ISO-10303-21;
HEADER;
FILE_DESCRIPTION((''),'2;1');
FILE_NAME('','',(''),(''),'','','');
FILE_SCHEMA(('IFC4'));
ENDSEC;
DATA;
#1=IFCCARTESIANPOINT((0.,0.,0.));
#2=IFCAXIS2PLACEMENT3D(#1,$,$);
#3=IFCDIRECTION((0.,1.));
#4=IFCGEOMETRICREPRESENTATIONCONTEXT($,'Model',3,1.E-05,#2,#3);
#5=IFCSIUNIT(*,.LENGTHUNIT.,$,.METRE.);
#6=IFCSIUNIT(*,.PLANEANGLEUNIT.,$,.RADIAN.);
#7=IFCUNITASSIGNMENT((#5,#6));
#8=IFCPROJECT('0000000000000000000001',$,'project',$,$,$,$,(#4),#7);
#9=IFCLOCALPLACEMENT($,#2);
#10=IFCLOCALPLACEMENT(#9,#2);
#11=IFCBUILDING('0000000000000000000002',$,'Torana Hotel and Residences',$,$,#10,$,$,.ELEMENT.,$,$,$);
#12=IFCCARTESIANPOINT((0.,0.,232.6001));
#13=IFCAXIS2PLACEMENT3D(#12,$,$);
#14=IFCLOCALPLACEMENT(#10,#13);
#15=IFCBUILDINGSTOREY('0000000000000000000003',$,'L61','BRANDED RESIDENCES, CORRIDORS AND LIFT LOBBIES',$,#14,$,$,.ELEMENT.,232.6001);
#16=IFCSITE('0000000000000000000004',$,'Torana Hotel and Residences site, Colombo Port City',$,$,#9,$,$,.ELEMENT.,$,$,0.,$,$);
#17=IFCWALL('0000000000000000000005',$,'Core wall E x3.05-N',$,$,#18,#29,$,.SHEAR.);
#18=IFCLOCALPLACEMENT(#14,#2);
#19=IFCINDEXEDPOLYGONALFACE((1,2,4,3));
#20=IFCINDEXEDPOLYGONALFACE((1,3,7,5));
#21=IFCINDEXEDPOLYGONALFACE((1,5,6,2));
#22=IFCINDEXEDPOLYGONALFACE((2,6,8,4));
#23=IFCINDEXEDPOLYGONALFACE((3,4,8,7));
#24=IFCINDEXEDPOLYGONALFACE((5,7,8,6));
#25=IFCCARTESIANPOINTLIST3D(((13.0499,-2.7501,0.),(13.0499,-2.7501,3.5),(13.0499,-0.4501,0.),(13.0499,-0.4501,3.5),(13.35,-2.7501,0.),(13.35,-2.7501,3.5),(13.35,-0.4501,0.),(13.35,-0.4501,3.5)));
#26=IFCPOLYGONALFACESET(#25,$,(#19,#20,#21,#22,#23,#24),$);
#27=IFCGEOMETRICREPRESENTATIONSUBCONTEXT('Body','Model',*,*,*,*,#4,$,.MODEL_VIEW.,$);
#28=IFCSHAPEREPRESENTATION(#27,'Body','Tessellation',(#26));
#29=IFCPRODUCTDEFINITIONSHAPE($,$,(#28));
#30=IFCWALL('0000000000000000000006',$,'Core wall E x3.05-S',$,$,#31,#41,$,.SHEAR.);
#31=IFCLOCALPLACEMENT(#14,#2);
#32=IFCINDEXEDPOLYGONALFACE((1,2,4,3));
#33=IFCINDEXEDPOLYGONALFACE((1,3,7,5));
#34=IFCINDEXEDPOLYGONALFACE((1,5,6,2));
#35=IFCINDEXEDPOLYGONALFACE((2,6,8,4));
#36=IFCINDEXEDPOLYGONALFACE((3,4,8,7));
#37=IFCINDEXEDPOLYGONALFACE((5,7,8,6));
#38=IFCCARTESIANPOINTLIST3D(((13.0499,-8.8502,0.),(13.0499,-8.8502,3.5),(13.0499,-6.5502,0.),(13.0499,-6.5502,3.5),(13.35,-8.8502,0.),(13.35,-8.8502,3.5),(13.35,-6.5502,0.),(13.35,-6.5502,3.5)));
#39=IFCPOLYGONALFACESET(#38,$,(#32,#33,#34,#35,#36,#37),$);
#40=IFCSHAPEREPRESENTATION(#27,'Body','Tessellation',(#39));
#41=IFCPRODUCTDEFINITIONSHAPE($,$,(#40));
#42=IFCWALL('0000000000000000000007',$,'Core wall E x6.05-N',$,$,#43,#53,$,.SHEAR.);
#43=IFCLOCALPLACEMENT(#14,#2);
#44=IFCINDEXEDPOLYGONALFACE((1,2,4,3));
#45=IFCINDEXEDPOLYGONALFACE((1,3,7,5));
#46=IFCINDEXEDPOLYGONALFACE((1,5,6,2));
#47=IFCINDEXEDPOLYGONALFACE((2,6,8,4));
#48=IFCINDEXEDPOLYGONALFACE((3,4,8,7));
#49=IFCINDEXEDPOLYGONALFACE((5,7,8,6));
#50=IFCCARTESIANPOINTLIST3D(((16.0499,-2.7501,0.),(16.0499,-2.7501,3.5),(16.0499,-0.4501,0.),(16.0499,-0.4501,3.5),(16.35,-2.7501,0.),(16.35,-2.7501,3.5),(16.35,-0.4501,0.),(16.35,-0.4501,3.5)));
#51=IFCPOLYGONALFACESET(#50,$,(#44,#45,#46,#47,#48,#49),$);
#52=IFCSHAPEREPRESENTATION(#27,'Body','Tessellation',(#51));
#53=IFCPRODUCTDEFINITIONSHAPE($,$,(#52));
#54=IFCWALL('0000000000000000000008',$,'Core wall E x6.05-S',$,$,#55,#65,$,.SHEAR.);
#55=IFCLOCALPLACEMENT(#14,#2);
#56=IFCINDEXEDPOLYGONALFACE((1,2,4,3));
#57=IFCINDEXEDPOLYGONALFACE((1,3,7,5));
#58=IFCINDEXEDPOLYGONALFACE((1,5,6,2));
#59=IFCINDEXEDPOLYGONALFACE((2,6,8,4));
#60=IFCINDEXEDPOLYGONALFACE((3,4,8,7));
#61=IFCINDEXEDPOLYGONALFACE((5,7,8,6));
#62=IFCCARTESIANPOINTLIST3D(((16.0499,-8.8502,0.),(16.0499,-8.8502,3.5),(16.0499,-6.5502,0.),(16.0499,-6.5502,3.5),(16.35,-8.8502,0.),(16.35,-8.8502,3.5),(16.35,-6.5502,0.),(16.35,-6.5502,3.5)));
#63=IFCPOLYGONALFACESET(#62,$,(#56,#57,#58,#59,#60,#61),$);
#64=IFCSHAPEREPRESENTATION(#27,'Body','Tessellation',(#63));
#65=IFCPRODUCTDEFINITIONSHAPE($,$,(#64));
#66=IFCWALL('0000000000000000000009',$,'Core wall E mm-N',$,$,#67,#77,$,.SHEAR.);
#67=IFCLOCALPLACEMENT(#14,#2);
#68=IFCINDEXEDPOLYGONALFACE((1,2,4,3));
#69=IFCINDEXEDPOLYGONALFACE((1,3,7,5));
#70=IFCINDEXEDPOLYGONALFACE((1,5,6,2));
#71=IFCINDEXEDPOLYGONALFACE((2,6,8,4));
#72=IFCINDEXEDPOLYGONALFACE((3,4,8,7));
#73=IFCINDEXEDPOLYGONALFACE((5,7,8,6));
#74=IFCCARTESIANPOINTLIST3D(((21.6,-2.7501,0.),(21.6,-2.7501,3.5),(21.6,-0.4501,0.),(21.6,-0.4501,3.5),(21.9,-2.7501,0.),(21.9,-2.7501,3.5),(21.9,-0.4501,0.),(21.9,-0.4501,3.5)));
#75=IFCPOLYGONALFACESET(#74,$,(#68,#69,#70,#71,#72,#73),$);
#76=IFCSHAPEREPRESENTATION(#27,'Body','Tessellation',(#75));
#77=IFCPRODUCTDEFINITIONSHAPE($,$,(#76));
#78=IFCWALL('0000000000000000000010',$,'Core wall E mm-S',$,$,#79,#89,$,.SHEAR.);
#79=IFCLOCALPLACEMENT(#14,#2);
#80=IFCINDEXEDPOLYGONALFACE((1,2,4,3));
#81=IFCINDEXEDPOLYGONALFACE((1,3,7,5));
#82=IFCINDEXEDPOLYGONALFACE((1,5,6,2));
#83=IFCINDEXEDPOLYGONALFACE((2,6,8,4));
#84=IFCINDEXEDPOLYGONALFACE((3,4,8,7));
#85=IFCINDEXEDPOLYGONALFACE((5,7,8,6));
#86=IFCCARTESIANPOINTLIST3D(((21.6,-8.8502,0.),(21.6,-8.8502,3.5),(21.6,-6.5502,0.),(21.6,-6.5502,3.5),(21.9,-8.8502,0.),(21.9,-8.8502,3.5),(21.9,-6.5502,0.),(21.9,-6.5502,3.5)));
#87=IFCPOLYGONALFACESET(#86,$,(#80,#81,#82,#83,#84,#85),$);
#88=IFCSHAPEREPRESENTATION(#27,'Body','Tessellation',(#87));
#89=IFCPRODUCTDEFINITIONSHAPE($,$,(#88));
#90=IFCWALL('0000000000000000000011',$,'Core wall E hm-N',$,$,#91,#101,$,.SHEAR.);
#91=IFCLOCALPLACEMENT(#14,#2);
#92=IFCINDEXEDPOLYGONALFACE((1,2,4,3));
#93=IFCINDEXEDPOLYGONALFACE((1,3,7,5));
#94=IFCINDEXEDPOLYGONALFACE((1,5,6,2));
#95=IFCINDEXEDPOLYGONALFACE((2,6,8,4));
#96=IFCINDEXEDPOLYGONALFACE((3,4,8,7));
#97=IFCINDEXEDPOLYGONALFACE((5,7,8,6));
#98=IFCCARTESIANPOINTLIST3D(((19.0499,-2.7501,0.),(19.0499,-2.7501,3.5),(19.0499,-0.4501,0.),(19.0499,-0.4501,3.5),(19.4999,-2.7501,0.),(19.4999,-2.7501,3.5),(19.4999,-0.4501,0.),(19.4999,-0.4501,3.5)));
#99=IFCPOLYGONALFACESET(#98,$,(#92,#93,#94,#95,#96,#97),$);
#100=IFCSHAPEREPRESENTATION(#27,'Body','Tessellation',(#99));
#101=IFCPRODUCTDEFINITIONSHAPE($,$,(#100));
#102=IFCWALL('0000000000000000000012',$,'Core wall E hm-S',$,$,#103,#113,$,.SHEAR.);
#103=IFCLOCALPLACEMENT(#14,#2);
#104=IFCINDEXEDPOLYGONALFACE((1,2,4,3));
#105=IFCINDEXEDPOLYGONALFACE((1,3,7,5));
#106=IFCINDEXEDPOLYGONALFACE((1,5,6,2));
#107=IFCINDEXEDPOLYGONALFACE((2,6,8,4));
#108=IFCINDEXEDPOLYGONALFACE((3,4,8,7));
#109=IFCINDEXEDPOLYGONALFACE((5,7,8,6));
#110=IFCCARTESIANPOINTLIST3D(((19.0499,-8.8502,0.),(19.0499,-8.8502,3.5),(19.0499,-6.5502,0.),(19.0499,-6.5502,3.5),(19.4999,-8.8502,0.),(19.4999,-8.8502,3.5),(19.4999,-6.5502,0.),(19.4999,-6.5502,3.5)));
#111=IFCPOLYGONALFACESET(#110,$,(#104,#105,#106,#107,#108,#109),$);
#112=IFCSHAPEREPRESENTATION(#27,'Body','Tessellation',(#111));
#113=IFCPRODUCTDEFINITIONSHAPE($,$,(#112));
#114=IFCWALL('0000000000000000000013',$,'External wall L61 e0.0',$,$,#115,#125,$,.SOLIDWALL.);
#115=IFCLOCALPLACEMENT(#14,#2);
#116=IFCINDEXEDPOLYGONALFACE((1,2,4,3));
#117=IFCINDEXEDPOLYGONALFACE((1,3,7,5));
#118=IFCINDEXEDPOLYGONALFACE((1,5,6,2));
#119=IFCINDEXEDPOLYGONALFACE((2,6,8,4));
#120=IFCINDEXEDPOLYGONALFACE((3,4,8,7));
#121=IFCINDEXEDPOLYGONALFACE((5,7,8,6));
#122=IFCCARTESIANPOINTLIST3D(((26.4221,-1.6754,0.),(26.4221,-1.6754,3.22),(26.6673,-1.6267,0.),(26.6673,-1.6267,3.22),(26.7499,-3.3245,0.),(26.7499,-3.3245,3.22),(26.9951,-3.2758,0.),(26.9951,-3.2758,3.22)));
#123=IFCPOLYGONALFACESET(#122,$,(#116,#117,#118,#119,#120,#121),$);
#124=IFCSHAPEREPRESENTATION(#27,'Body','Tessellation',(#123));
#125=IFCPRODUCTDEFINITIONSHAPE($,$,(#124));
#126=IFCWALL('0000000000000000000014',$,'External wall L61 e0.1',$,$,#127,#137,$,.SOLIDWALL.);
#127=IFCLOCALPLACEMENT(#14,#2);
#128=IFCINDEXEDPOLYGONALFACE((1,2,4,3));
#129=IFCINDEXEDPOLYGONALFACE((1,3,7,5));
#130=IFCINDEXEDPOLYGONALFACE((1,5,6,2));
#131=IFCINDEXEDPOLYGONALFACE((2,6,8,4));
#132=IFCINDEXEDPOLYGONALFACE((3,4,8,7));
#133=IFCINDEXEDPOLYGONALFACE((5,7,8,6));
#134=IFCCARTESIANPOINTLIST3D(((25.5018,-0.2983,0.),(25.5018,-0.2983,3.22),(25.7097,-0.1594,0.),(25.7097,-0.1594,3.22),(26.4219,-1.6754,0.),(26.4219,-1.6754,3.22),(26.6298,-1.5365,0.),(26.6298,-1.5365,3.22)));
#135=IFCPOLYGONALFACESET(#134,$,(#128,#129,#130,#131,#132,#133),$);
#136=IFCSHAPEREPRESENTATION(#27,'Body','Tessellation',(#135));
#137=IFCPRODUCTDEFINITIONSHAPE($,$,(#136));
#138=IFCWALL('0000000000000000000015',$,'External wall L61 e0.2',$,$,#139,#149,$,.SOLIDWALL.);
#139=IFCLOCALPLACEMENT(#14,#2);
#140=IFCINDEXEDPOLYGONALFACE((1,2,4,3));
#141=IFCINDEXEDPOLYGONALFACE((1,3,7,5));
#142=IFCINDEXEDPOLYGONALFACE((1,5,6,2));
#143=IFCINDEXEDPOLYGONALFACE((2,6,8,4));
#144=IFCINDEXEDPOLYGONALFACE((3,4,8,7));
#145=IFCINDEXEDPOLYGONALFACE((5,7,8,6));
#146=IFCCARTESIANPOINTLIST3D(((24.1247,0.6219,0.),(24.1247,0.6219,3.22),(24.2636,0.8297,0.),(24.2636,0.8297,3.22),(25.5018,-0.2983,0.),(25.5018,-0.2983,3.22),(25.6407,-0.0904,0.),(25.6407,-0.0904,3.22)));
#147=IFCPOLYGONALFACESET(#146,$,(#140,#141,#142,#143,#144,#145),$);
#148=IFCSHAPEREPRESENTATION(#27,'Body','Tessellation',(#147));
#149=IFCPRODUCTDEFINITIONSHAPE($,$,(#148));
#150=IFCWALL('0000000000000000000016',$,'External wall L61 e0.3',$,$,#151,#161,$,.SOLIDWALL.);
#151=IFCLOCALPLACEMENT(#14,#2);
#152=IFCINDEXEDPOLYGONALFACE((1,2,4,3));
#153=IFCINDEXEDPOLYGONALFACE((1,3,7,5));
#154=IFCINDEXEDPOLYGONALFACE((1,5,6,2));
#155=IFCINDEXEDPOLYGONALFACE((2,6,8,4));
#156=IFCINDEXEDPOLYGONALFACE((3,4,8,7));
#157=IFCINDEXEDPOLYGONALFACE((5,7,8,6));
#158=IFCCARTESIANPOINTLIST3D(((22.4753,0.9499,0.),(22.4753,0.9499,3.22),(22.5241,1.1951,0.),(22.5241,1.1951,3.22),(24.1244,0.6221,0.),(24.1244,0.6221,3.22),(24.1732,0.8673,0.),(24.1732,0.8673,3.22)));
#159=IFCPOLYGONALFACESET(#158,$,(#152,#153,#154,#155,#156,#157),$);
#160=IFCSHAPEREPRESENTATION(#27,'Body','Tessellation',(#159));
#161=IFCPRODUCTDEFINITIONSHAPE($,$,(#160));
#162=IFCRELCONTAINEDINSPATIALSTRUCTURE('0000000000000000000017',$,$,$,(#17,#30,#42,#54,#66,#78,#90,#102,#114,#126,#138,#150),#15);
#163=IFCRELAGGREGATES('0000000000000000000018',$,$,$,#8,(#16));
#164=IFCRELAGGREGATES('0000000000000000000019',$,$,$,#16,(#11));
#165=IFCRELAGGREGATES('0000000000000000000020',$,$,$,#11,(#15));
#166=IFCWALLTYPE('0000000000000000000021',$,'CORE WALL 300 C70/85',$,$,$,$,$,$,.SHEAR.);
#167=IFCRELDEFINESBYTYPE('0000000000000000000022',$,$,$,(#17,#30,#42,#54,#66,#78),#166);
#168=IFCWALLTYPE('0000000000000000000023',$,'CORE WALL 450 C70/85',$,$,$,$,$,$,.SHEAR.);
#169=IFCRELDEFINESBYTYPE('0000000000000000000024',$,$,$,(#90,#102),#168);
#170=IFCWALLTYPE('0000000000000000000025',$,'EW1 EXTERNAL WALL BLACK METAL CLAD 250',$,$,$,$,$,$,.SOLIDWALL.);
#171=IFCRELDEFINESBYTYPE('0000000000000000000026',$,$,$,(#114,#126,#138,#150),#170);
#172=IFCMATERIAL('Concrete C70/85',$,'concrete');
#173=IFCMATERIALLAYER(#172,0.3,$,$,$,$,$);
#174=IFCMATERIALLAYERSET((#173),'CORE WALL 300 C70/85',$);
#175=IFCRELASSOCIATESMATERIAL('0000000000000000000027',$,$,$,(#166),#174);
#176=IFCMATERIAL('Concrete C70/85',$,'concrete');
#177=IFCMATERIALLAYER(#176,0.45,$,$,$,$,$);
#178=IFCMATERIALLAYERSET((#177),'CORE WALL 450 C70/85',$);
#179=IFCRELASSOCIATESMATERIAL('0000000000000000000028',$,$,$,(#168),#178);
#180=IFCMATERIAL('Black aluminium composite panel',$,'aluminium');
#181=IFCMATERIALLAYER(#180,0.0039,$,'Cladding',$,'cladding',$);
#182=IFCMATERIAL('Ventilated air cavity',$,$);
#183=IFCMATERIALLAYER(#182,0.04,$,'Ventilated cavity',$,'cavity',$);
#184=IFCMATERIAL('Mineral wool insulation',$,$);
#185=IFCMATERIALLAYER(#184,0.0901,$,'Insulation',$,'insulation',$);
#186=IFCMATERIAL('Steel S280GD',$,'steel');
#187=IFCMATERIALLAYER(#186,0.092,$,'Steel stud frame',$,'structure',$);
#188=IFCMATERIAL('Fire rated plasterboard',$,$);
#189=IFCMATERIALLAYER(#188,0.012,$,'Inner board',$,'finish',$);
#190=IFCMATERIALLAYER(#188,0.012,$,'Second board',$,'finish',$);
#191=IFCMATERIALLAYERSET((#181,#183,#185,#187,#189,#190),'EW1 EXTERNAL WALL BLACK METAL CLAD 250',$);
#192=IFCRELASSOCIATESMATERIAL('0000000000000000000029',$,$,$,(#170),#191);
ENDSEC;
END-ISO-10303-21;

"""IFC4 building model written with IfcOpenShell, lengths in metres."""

from ifc_helpers import new_model, si_unit, direction, frame, frame_2d, origin, place, context, subcontext, project, spatial, rectangle, extrude, material, layer, layer_set, type_object, element, save


model = new_model("IFC4")

# Units and contexts
model_context = context("Model", 3, precision=1e-05, world=origin(), true_north=direction((0.0, 1.0)))
body_context = subcontext(model_context, "Body", "Model", "MODEL_VIEW")
ifc_project = project(units=[si_unit("LENGTHUNIT", "METRE"), si_unit("PLANEANGLEUNIT", "RADIAN")], contexts=[model_context])

# Site, building, storey
site_placement = place(None, origin())
site = spatial("IfcSite", under=ifc_project, at=site_placement, Name="Torana Hotel and Residences site, Colombo Port City", CompositionType="ELEMENT", RefElevation=0.0)
building_placement = place(site_placement, origin())
building = spatial("IfcBuilding", under=site, at=building_placement, Name="Torana Hotel and Residences", CompositionType="ELEMENT")
storey_placement = place(building_placement, frame((0.0, 0.0, 232.6001)))
storey = spatial("IfcBuildingStorey", under=building, at=storey_placement, Name="L61", Description="BRANDED RESIDENCES, CORRIDORS AND LIFT LOBBIES", CompositionType="ELEMENT", Elevation=232.6001)

# Walls
ifc_material_1 = material(Name="Concrete C70/85", Category="concrete")
ifc_layer_1 = layer(ifc_material_1, 0.3)
ifc_layer_set_1 = layer_set([ifc_layer_1], Name="CORE WALL 300 C70/85")
wall_type_1 = type_object("IfcWallType", Name="CORE WALL 300 C70/85", PredefinedType="SHEAR", material=ifc_layer_set_1)
for number, where, z_axis, x_axis, name in (
    (1, (13.2, -2.75, 0.0), (0.0, 0.0, 1.0), (0.0, 1.0, 0.0), "Core wall E x3.05-N"),
    (2, (13.2, -8.8501, 0.0), (0.0, 0.0, 1.0), (0.0, 1.0, 0.0), "Core wall E x3.05-S"),
    (3, (16.2, -2.75, 0.0), (0.0, 0.0, 1.0), (0.0, 1.0, 0.0), "Core wall E x6.05-N"),
    (4, (16.2, -8.8501, 0.0), (0.0, 0.0, 1.0), (0.0, 1.0, 0.0), "Core wall E x6.05-S"),
    (5, (21.75, -2.75, 0.0), (0.0, 0.0, 1.0), (0.0, 1.0, 0.0), "Core wall E mm-N"),
    (6, (21.75, -8.8501, 0.0), (0.0, 0.0, 1.0), (0.0, 1.0, 0.0), "Core wall E mm-S"),
):
    element("IfcWall", number, at=place(storey_placement, frame(where, z_axis=z_axis, x_axis=x_axis)), inside=storey, type_object=wall_type_1, Name=name, PredefinedType="SHEAR", context=body_context, shape_type="SweptSolid", body=[
        extrude(rectangle(XDim=2.3, YDim=0.3, at=frame_2d((1.1499, 0.0))), origin(), (0.0, 0.0, 1.0), 3.5),
    ])
ifc_material_2 = material(Name="Concrete C70/85", Category="concrete")
ifc_layer_2 = layer(ifc_material_2, 0.45)
ifc_layer_set_2 = layer_set([ifc_layer_2], Name="CORE WALL 450 C70/85")
wall_type_2 = type_object("IfcWallType", Name="CORE WALL 450 C70/85", PredefinedType="SHEAR", material=ifc_layer_set_2)
for number, where, z_axis, x_axis, name in (
    (7, (19.2749, -2.75, 0.0), (0.0, 0.0, 1.0), (0.0, 1.0, 0.0), "Core wall E hm-N"),
    (8, (19.2749, -8.8501, 0.0), (0.0, 0.0, 1.0), (0.0, 1.0, 0.0), "Core wall E hm-S"),
):
    element("IfcWall", number, at=place(storey_placement, frame(where, z_axis=z_axis, x_axis=x_axis)), inside=storey, type_object=wall_type_2, Name=name, PredefinedType="SHEAR", context=body_context, shape_type="SweptSolid", body=[
        extrude(rectangle(XDim=2.3, YDim=0.45, at=frame_2d((1.1499, 0.0))), origin(), (0.0, 0.0, 1.0), 3.5),
    ])
ifc_material_3 = material(Name="Black aluminium composite panel", Category="aluminium")
ifc_layer_3 = layer(ifc_material_3, 0.0039, Name="Cladding", Category="cladding")
ifc_material_4 = material(Name="Ventilated air cavity")
ifc_layer_4 = layer(ifc_material_4, 0.04, Name="Ventilated cavity", Category="cavity")
ifc_material_5 = material(Name="Mineral wool insulation")
ifc_layer_5 = layer(ifc_material_5, 0.0901, Name="Insulation", Category="insulation")
ifc_material_6 = material(Name="Steel S280GD", Category="steel")
ifc_layer_6 = layer(ifc_material_6, 0.092, Name="Steel stud frame", Category="structure")
ifc_material_7 = material(Name="Fire rated plasterboard")
ifc_layer_7 = layer(ifc_material_7, 0.012, Name="Inner board", Category="finish")
ifc_layer_8 = layer(ifc_material_7, 0.012, Name="Second board", Category="finish")
ifc_layer_set_3 = layer_set([ifc_layer_3, ifc_layer_4, ifc_layer_5, ifc_layer_6, ifc_layer_7, ifc_layer_8], Name="EW1 EXTERNAL WALL BLACK METAL CLAD 250")
wall_type_3 = type_object("IfcWallType", Name="EW1 EXTERNAL WALL BLACK METAL CLAD 250", PredefinedType="SOLIDWALL", material=ifc_layer_set_3)
wall_1_placement = place(storey_placement, frame((26.8726, -3.3003, 0.0), z_axis=(0.0, 0.0, 1.0), x_axis=(-0.194999, 0.980803, 0.0)))
element("IfcWall", 9, at=wall_1_placement, inside=storey, type_object=wall_type_3, Name="External wall L61 e0.0", PredefinedType="SOLIDWALL", context=body_context, shape_type="SweptSolid", body=[
    extrude(rectangle(XDim=1.6814, YDim=0.25, at=frame_2d((0.8408, 0.0))), origin(), (0.0, 0.0, 1.0), 3.22),
])
for number, where, z_axis, x_axis, name in (
    (10, (26.5259, -1.606, 0.0), (0.0, 0.0, 1.0), (-0.55555, 0.831483, 0.0), "External wall L61 e0.1"),
    (11, (25.5713, -0.1943, 0.0), (0.0, 0.0, 1.0), (-0.831483, 0.55555, 0.0), "External wall L61 e0.2"),
):
    element("IfcWall", number, at=place(storey_placement, frame(where, z_axis=z_axis, x_axis=x_axis)), inside=storey, type_object=wall_type_3, Name=name, PredefinedType="SOLIDWALL", context=body_context, shape_type="SweptSolid", body=[
        extrude(rectangle(XDim=1.6562, YDim=0.25, at=frame_2d((0.8281, 0.0))), origin(), (0.0, 0.0, 1.0), 3.22),
    ])
wall_2_placement = place(storey_placement, frame((24.1489, 0.7446, 0.0), z_axis=(0.0, 0.0, 1.0), x_axis=(-0.980803, 0.194999, 0.0)))
element("IfcWall", 12, at=wall_2_placement, inside=storey, type_object=wall_type_3, Name="External wall L61 e0.3", PredefinedType="SOLIDWALL", context=body_context, shape_type="SweptSolid", body=[
    extrude(rectangle(XDim=1.6814, YDim=0.25, at=frame_2d((0.8408, 0.0))), origin(), (0.0, 0.0, 1.0), 3.22),
])

save(model, "model.ifc")
